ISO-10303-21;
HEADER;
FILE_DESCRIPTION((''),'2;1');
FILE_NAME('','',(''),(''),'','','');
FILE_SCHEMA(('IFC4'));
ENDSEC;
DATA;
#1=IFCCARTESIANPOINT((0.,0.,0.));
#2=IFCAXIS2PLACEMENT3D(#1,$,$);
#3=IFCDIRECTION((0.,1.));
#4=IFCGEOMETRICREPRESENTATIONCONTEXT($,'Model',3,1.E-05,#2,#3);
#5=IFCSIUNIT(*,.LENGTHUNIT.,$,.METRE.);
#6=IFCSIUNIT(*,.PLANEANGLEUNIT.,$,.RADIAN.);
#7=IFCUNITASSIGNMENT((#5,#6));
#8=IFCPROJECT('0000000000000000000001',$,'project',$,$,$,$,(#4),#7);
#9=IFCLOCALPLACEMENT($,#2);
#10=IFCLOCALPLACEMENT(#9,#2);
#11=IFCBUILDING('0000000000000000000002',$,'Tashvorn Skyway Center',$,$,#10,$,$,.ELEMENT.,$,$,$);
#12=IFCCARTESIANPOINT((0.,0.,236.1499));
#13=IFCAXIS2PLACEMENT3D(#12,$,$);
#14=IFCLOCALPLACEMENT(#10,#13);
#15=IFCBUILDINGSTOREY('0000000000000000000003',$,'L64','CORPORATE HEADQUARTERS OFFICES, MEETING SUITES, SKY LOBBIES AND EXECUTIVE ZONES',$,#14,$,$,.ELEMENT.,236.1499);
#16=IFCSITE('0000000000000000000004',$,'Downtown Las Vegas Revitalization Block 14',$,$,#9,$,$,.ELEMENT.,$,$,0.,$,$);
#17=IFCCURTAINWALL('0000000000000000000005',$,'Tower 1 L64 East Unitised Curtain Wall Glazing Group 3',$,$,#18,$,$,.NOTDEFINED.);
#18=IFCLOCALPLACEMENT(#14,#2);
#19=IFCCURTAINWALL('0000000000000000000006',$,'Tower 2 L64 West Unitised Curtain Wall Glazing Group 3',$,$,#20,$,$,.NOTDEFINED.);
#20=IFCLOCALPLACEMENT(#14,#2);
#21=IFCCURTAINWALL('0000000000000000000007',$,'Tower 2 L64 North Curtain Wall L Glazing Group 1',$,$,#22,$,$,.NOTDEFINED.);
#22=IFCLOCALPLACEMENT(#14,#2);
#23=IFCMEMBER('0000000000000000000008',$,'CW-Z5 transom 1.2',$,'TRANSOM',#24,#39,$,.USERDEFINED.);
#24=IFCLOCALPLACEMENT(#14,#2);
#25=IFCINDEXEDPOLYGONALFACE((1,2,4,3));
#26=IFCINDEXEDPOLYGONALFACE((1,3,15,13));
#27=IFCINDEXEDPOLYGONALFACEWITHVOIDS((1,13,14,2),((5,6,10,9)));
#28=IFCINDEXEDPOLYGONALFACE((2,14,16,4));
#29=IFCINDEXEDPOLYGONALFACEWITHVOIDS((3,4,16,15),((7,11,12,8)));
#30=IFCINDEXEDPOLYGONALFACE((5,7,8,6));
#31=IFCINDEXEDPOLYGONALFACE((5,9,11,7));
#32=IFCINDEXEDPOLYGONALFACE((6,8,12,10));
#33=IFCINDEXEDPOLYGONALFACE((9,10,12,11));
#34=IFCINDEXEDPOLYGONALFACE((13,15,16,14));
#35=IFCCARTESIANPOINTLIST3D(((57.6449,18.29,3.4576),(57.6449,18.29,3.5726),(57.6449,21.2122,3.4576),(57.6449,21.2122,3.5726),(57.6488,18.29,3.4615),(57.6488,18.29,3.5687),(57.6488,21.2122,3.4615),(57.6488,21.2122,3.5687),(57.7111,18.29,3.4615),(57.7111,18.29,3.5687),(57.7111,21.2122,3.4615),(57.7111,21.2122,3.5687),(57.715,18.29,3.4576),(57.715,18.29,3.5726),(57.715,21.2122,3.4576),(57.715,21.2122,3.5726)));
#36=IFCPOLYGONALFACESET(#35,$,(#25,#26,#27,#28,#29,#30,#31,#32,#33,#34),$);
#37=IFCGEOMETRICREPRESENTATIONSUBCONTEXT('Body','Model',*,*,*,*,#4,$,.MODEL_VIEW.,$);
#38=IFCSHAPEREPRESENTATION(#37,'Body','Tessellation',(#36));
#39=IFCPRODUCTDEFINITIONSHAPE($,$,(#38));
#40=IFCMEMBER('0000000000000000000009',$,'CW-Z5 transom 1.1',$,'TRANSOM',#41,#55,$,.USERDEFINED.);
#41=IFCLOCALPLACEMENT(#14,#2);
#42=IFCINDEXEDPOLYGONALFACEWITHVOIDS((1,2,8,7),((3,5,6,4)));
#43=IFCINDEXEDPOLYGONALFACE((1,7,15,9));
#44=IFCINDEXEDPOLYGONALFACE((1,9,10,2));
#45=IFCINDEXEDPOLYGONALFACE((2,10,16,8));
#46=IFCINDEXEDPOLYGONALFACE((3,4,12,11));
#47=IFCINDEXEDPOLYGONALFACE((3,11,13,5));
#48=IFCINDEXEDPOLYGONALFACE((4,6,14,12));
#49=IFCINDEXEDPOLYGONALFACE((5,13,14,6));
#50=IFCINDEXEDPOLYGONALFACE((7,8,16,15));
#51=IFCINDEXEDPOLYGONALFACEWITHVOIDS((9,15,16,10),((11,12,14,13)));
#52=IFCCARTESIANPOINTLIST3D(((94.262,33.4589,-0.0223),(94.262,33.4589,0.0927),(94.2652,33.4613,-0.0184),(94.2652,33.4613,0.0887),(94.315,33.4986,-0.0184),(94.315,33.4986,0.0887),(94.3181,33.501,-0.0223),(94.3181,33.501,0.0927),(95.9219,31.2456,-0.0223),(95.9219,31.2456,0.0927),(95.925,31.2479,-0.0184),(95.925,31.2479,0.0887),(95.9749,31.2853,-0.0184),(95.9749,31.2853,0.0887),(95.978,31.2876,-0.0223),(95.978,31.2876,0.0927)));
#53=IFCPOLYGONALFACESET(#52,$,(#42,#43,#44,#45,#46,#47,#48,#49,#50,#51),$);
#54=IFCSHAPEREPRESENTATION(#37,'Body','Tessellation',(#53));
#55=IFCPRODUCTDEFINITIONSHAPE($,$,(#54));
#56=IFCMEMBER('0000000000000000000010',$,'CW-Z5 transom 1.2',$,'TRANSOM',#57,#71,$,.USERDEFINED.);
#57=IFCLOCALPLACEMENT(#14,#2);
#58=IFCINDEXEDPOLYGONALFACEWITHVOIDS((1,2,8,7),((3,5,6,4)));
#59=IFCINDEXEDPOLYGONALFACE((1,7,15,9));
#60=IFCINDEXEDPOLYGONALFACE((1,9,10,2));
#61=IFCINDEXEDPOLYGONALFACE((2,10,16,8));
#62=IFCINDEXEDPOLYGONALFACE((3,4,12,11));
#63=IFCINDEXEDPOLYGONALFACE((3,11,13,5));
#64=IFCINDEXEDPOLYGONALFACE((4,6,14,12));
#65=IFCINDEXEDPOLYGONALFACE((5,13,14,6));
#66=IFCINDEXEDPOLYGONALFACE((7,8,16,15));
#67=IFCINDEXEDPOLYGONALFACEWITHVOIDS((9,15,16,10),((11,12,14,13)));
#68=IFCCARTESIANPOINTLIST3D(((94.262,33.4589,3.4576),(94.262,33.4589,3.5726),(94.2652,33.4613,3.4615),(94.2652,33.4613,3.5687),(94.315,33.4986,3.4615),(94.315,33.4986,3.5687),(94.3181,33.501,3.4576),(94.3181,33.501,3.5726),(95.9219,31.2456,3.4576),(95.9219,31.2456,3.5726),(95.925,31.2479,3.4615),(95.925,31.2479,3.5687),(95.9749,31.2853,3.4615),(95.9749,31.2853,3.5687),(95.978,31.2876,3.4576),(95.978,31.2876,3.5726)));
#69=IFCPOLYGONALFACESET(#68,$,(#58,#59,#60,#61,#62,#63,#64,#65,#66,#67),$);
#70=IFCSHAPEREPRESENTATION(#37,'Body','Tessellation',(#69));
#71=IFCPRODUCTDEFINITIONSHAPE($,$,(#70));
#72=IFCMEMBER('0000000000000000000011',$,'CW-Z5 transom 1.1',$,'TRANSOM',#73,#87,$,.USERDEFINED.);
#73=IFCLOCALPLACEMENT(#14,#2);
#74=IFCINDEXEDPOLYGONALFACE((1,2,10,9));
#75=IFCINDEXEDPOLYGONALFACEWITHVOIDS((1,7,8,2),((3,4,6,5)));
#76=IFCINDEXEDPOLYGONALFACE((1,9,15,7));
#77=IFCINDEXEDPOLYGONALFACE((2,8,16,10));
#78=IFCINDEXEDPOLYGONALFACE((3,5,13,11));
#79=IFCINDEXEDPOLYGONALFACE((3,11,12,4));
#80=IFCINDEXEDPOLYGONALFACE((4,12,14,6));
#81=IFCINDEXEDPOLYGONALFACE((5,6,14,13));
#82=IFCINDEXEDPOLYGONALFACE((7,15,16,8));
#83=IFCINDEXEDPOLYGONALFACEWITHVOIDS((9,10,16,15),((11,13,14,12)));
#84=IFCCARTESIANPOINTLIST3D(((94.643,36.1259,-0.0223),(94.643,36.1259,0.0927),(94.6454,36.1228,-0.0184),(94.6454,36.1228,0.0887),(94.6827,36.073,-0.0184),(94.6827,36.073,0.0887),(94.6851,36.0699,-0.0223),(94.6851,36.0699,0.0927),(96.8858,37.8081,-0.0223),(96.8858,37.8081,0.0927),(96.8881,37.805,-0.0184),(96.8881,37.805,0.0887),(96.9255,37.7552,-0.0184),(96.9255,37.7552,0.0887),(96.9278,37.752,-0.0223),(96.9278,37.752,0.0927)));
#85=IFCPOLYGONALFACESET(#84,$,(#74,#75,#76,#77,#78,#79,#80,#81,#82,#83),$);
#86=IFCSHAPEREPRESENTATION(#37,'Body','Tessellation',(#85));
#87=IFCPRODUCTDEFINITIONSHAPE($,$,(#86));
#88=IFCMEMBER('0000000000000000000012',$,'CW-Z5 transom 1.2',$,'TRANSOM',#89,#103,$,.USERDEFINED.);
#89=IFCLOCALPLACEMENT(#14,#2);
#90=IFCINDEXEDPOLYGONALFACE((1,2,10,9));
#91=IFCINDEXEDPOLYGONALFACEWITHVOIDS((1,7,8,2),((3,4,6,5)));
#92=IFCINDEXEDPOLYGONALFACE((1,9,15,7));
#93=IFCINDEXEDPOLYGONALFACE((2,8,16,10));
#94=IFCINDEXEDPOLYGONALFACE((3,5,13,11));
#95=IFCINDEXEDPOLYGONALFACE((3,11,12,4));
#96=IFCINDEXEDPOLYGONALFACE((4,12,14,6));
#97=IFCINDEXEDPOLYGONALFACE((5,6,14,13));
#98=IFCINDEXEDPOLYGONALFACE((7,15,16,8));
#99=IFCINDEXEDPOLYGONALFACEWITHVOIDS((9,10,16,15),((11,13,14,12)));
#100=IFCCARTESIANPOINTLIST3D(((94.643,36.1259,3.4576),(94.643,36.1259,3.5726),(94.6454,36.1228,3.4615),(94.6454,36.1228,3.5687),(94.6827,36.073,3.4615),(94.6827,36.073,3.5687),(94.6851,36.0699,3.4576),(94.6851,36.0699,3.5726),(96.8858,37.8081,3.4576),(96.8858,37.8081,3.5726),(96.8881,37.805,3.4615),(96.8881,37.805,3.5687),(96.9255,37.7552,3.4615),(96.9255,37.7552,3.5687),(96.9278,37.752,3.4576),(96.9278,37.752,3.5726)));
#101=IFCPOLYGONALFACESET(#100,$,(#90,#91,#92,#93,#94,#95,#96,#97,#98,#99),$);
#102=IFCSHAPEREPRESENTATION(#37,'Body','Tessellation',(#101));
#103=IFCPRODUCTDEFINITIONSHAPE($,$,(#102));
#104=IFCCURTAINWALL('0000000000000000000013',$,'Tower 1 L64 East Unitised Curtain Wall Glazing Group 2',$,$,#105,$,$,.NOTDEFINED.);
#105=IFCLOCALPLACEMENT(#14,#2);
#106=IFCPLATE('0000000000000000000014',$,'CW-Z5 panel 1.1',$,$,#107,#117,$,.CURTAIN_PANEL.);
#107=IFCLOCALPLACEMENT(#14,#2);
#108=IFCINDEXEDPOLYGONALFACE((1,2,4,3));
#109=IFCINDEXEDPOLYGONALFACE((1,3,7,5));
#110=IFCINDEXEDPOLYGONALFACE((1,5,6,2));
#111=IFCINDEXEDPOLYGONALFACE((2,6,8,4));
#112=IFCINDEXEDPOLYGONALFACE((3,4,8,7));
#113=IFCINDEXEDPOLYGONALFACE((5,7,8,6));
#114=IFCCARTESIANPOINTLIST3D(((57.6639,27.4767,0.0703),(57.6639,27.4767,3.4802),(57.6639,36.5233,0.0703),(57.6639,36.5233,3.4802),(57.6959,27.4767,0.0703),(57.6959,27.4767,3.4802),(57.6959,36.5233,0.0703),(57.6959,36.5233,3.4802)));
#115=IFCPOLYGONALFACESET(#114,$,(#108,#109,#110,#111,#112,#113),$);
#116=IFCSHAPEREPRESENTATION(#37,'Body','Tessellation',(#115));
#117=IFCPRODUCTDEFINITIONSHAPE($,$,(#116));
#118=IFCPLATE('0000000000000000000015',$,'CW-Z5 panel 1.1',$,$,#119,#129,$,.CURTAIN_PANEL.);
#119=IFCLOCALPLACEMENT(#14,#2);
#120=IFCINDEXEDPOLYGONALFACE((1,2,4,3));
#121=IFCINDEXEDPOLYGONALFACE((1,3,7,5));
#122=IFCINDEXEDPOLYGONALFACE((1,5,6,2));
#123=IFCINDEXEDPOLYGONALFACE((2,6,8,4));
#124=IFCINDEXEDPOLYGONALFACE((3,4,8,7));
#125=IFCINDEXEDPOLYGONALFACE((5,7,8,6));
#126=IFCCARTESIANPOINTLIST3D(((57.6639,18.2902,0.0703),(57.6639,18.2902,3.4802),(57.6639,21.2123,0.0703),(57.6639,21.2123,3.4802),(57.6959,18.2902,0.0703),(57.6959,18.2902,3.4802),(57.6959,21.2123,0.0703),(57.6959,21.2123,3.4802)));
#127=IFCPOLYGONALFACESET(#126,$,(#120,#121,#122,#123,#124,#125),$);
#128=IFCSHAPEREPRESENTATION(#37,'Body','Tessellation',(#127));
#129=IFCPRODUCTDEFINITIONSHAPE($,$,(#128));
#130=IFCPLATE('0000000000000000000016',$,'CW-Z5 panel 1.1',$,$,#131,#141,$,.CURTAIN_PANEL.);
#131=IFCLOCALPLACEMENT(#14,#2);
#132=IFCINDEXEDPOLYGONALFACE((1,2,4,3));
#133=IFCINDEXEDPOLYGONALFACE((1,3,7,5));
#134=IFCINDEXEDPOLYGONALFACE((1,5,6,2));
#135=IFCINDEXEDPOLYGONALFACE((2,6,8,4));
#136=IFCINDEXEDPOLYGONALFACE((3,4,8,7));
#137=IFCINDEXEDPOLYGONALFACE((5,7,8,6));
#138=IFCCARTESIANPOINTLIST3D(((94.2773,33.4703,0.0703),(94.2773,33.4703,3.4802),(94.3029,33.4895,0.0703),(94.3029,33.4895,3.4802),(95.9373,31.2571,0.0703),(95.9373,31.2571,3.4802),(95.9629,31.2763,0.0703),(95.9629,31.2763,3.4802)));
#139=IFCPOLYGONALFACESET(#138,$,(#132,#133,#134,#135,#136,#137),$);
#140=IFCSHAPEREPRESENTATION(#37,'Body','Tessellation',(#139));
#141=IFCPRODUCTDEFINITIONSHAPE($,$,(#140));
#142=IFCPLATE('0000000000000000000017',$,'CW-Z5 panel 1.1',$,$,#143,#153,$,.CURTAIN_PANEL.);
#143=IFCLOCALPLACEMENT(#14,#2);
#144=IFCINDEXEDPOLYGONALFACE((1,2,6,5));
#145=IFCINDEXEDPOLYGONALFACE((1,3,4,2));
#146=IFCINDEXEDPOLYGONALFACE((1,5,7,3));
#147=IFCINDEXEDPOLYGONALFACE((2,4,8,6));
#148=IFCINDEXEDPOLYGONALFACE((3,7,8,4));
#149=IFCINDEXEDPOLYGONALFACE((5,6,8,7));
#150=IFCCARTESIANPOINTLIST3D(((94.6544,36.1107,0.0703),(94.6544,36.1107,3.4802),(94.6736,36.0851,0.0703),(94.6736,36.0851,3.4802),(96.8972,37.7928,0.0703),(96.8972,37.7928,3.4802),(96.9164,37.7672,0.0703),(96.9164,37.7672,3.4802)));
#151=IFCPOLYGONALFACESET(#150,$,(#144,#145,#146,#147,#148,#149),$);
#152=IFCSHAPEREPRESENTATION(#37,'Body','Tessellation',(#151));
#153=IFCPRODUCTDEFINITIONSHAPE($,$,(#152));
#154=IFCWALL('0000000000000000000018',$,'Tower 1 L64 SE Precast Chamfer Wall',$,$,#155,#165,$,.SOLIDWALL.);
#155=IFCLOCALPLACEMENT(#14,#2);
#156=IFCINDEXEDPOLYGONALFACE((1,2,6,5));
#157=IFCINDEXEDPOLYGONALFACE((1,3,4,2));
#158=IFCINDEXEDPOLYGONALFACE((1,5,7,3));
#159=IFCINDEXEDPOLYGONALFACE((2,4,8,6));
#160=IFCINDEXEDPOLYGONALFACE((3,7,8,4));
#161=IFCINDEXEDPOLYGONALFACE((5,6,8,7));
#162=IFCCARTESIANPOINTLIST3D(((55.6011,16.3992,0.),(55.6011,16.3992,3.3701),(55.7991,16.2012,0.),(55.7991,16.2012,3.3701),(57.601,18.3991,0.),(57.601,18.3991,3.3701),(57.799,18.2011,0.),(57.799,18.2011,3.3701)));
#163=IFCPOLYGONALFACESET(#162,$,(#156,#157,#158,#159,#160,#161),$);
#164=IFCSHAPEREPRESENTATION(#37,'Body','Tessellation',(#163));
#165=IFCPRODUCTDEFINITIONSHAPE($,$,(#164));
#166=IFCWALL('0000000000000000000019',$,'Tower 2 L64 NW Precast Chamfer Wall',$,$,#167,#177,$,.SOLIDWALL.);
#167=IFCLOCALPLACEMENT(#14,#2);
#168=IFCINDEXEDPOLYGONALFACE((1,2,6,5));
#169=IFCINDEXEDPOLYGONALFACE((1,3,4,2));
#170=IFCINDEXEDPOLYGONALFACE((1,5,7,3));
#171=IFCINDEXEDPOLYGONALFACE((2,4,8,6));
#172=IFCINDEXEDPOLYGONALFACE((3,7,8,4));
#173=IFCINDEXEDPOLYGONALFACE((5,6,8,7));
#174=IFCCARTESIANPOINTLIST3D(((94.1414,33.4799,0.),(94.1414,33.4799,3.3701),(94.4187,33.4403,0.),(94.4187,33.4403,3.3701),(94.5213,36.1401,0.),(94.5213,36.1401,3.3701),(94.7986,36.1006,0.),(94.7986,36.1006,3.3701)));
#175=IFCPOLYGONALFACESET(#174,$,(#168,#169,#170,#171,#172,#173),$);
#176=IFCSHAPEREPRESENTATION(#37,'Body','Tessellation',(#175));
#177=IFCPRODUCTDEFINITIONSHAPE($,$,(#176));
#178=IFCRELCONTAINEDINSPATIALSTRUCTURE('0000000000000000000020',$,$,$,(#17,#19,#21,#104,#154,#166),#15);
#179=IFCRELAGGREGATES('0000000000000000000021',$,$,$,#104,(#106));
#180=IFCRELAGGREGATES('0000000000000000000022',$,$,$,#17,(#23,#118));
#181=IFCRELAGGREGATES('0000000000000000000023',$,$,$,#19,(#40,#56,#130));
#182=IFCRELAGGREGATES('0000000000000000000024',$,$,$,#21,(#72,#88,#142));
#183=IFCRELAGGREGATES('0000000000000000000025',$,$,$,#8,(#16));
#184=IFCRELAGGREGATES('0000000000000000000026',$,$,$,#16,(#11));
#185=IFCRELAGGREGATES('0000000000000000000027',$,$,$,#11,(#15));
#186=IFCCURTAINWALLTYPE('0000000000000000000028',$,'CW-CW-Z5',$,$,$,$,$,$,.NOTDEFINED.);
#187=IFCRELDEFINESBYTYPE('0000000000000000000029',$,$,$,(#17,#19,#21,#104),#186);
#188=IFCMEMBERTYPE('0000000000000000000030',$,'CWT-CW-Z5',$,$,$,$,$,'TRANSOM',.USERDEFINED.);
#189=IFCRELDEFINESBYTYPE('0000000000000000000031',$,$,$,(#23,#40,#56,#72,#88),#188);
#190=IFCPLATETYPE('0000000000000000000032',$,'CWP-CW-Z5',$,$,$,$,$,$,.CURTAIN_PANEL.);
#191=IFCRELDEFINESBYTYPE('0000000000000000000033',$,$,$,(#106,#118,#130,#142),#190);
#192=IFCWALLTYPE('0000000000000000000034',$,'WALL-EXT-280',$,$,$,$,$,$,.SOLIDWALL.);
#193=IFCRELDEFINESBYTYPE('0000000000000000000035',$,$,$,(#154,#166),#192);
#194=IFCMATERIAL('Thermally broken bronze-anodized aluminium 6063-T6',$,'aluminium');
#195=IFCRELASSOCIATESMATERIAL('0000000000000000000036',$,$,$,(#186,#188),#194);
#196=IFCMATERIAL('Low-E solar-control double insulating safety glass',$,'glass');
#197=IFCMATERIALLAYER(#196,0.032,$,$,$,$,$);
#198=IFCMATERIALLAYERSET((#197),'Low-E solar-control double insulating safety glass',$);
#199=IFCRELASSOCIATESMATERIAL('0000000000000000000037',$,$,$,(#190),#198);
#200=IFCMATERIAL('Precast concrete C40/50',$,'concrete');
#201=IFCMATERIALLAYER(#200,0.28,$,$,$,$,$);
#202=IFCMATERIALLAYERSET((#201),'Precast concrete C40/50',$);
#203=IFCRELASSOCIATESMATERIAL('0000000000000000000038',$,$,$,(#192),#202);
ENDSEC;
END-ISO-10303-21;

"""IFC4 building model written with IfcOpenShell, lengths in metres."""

from ifc_helpers import new_model, si_unit, direction, frame, frame_2d, origin, origin_2d, place, context, subcontext, project, spatial, rectangle, hollow_rectangle, extrude, material, layer, layer_set, material_profile, profile_set, type_object, element, aggregate, save


model = new_model("IFC4")

# Units and contexts
model_context = context("Model", 3, precision=1e-05, world=origin(), true_north=direction((0.0, 1.0)))
body_context = subcontext(model_context, "Body", "Model", "MODEL_VIEW")
ifc_project = project(units=[si_unit("LENGTHUNIT", "METRE"), si_unit("PLANEANGLEUNIT", "RADIAN")], contexts=[model_context])

# Site, building, storey
site_placement = place(None, origin())
site = spatial("IfcSite", under=ifc_project, at=site_placement, Name="Downtown Las Vegas Revitalization Block 14", CompositionType="ELEMENT", RefElevation=0.0)
building_placement = place(site_placement, origin())
building = spatial("IfcBuilding", under=site, at=building_placement, Name="Tashvorn Skyway Center", CompositionType="ELEMENT")
storey_placement = place(building_placement, frame((0.0, 0.0, 236.1499)))
storey = spatial("IfcBuildingStorey", under=building, at=storey_placement, Name="L64", Description="CORPORATE HEADQUARTERS OFFICES, MEETING SUITES, SKY LOBBIES AND EXECUTIVE ZONES", CompositionType="ELEMENT", Elevation=236.1499)

# Curtain walls
ifc_material_1 = material(Name="Thermally broken bronze-anodized aluminium 6063-T6", Category="aluminium")
curtain_wall_type = type_object("IfcCurtainWallType", Name="CW-CW-Z5", PredefinedType="NOTDEFINED", material=ifc_material_1)
curtain_wall_1_placement = place(storey_placement, origin())
curtain_wall_1 = element("IfcCurtainWall", 1, at=curtain_wall_1_placement, inside=storey, type_object=curtain_wall_type, Name="Tower 1 L64 East Unitised Curtain Wall Glazing Group 3", PredefinedType="NOTDEFINED")
curtain_wall_2_placement = place(storey_placement, origin())
curtain_wall_2 = element("IfcCurtainWall", 2, at=curtain_wall_2_placement, inside=storey, type_object=curtain_wall_type, Name="Tower 2 L64 West Unitised Curtain Wall Glazing Group 3", PredefinedType="NOTDEFINED")
curtain_wall_3_placement = place(storey_placement, origin())
curtain_wall_3 = element("IfcCurtainWall", 3, at=curtain_wall_3_placement, inside=storey, type_object=curtain_wall_type, Name="Tower 2 L64 North Curtain Wall L Glazing Group 1", PredefinedType="NOTDEFINED")

# Members
ifc_material_profile_1 = material_profile(ifc_material_1, hollow_rectangle(XDim=0.0701, YDim=0.115, WallThickness=0.0039, at=origin_2d()), Name="ALU-TRAN-70x115")
ifc_profile_set_1 = profile_set([ifc_material_profile_1], Name="Thermally broken bronze-anodized aluminium 6063-T6")
member_type_1 = type_object("IfcMemberType", Name="CWT-CW-Z5", ElementType="TRANSOM", PredefinedType="USERDEFINED", material=ifc_profile_set_1)
member_1_placement = place(storey_placement, frame((57.6799, 21.2122, 3.5151), z_axis=(0.0, -1.0, 0.0), x_axis=(1.0, 0.0, 0.0)))
member_1 = element("IfcMember", 4, at=member_1_placement, type_object=member_type_1, Name="CW-Z5 transom 1.2", ObjectType="TRANSOM", PredefinedType="USERDEFINED", context=body_context, shape_type="SweptSolid", body=[
    extrude(hollow_rectangle(XDim=0.0701, YDim=0.115, WallThickness=0.0039, at=origin_2d()), origin(), (0.0, 0.0, 1.0), 2.9221),
])
member_2_placement = place(storey_placement, frame((95.95, 31.2666, 0.0352), z_axis=(-0.599972, 0.800021, 0.0), x_axis=(-0.800021, -0.599972, 0.0)))
member_2 = element("IfcMember", 5, at=member_2_placement, type_object=member_type_1, Name="CW-Z5 transom 1.1", ObjectType="TRANSOM", PredefinedType="USERDEFINED", context=body_context, shape_type="SweptSolid", body=[
    extrude(hollow_rectangle(XDim=0.0701, YDim=0.115, WallThickness=0.0039, at=origin_2d()), origin(), (0.0, 0.0, 1.0), 2.7666),
])
member_3_placement = place(storey_placement, frame((95.95, 31.2666, 3.5151), z_axis=(-0.599972, 0.800021, 0.0), x_axis=(-0.800021, -0.599972, 0.0)))
member_3 = element("IfcMember", 6, at=member_3_placement, type_object=member_type_1, Name="CW-Z5 transom 1.2", ObjectType="TRANSOM", PredefinedType="USERDEFINED", context=body_context, shape_type="SweptSolid", body=[
    extrude(hollow_rectangle(XDim=0.0701, YDim=0.115, WallThickness=0.0039, at=origin_2d()), origin(), (0.0, 0.0, 1.0), 2.7666),
])
member_4_placement = place(storey_placement, frame((94.6641, 36.0979, 0.0352), z_axis=(0.799979, 0.600028, 0.0), x_axis=(-0.600028, 0.799979, 0.0)))
member_4 = element("IfcMember", 7, at=member_4_placement, type_object=member_type_1, Name="CW-Z5 transom 1.1", ObjectType="TRANSOM", PredefinedType="USERDEFINED", context=body_context, shape_type="SweptSolid", body=[
    extrude(hollow_rectangle(XDim=0.0701, YDim=0.115, WallThickness=0.0039, at=origin_2d()), origin(), (0.0, 0.0, 1.0), 2.8035),
])
member_5_placement = place(storey_placement, frame((94.6641, 36.0979, 3.5151), z_axis=(0.799979, 0.600028, 0.0), x_axis=(-0.600028, 0.799979, 0.0)))
member_5 = element("IfcMember", 8, at=member_5_placement, type_object=member_type_1, Name="CW-Z5 transom 1.2", ObjectType="TRANSOM", PredefinedType="USERDEFINED", context=body_context, shape_type="SweptSolid", body=[
    extrude(hollow_rectangle(XDim=0.0701, YDim=0.115, WallThickness=0.0039, at=origin_2d()), origin(), (0.0, 0.0, 1.0), 2.8035),
])

# Curtain wall, plate
curtain_wall_4_placement = place(storey_placement, origin())
curtain_wall_4 = element("IfcCurtainWall", 9, at=curtain_wall_4_placement, inside=storey, type_object=curtain_wall_type, Name="Tower 1 L64 East Unitised Curtain Wall Glazing Group 2", PredefinedType="NOTDEFINED")
ifc_material_2 = material(Name="Low-E solar-control double insulating safety glass", Category="glass")
ifc_layer_1 = layer(ifc_material_2, 0.032)
ifc_layer_set_1 = layer_set([ifc_layer_1], Name="Low-E solar-control double insulating safety glass")
plate_type = type_object("IfcPlateType", Name="CWP-CW-Z5", PredefinedType="CURTAIN_PANEL", material=ifc_layer_set_1)
plate_1_placement = place(storey_placement, frame((57.6799, 32.0, 0.0703), z_axis=(0.0, 0.0, 1.0), x_axis=(0.0, -1.0, 0.0)))
plate_1 = element("IfcPlate", 10, at=plate_1_placement, type_object=plate_type, Name="CW-Z5 panel 1.1", PredefinedType="CURTAIN_PANEL", context=body_context, shape_type="SweptSolid", body=[
    extrude(rectangle(XDim=9.0466, YDim=0.032, at=origin_2d()), origin(), (0.0, 0.0, 1.0), 3.4099),
])
aggregate(curtain_wall_4, [plate_1])

# Plates
plate_2_placement = place(storey_placement, frame((57.6799, 19.7512, 0.0703), z_axis=(0.0, 0.0, 1.0), x_axis=(0.0, -1.0, 0.0)))
plate_2 = element("IfcPlate", 11, at=plate_2_placement, type_object=plate_type, Name="CW-Z5 panel 1.1", PredefinedType="CURTAIN_PANEL", context=body_context, shape_type="SweptSolid", body=[
    extrude(rectangle(XDim=2.9221, YDim=0.032, at=origin_2d()), origin(), (0.0, 0.0, 1.0), 3.4099),
])
aggregate(curtain_wall_1, [member_1, plate_2])
plate_3_placement = place(storey_placement, frame((95.1201, 32.3733, 0.0703), z_axis=(0.0, 0.0, 1.0), x_axis=(-0.600006, 0.799996, 0.0)))
plate_3 = element("IfcPlate", 12, at=plate_3_placement, type_object=plate_type, Name="CW-Z5 panel 1.1", PredefinedType="CURTAIN_PANEL", context=body_context, shape_type="SweptSolid", body=[
    extrude(rectangle(XDim=2.7666, YDim=0.032, at=origin_2d()), origin(), (0.0, 0.0, 1.0), 3.4099),
])
aggregate(curtain_wall_2, [member_2, member_3, plate_3])
plate_4_placement = place(storey_placement, frame((95.7854, 36.939, 0.0703), z_axis=(0.0, 0.0, 1.0), x_axis=(0.800004, 0.599995, 0.0)))
plate_4 = element("IfcPlate", 13, at=plate_4_placement, type_object=plate_type, Name="CW-Z5 panel 1.1", PredefinedType="CURTAIN_PANEL", context=body_context, shape_type="SweptSolid", body=[
    extrude(rectangle(XDim=2.8035, YDim=0.032, at=origin_2d()), origin(), (0.0, 0.0, 1.0), 3.4099),
])
aggregate(curtain_wall_3, [member_4, member_5, plate_4])

# Walls
ifc_material_3 = material(Name="Precast concrete C40/50", Category="concrete")
ifc_layer_2 = layer(ifc_material_3, 0.28)
ifc_layer_set_2 = layer_set([ifc_layer_2], Name="Precast concrete C40/50")
wall_type_1 = type_object("IfcWallType", Name="WALL-EXT-280", PredefinedType="SOLIDWALL", material=ifc_layer_set_2)
wall_1_placement = place(storey_placement, frame((57.7, 18.3, 0.0), z_axis=(0.0, 0.0, 1.0), x_axis=(-0.707107, -0.707107, 0.0)))
element("IfcWall", 14, at=wall_1_placement, inside=storey, type_object=wall_type_1, Name="Tower 1 L64 SE Precast Chamfer Wall", PredefinedType="SOLIDWALL", context=body_context, shape_type="SweptSolid", body=[
    extrude(rectangle(XDim=2.8284, YDim=0.28, at=frame_2d((1.4141, 0.0))), origin(), (0.0, 0.0, 1.0), 3.3701),
])
wall_2_placement = place(storey_placement, frame((94.28, 33.46, 0.0), z_axis=(0.0, 0.0, 1.0), x_axis=(0.14137, 0.989957, 0.0)))
element("IfcWall", 15, at=wall_2_placement, inside=storey, type_object=wall_type_1, Name="Tower 2 L64 NW Precast Chamfer Wall", PredefinedType="SOLIDWALL", context=body_context, shape_type="SweptSolid", body=[
    extrude(rectangle(XDim=2.6873, YDim=0.28, at=frame_2d((1.3438, 0.0))), origin(), (0.0, 0.0, 1.0), 3.3701),
])

save(model, "model.ifc")
